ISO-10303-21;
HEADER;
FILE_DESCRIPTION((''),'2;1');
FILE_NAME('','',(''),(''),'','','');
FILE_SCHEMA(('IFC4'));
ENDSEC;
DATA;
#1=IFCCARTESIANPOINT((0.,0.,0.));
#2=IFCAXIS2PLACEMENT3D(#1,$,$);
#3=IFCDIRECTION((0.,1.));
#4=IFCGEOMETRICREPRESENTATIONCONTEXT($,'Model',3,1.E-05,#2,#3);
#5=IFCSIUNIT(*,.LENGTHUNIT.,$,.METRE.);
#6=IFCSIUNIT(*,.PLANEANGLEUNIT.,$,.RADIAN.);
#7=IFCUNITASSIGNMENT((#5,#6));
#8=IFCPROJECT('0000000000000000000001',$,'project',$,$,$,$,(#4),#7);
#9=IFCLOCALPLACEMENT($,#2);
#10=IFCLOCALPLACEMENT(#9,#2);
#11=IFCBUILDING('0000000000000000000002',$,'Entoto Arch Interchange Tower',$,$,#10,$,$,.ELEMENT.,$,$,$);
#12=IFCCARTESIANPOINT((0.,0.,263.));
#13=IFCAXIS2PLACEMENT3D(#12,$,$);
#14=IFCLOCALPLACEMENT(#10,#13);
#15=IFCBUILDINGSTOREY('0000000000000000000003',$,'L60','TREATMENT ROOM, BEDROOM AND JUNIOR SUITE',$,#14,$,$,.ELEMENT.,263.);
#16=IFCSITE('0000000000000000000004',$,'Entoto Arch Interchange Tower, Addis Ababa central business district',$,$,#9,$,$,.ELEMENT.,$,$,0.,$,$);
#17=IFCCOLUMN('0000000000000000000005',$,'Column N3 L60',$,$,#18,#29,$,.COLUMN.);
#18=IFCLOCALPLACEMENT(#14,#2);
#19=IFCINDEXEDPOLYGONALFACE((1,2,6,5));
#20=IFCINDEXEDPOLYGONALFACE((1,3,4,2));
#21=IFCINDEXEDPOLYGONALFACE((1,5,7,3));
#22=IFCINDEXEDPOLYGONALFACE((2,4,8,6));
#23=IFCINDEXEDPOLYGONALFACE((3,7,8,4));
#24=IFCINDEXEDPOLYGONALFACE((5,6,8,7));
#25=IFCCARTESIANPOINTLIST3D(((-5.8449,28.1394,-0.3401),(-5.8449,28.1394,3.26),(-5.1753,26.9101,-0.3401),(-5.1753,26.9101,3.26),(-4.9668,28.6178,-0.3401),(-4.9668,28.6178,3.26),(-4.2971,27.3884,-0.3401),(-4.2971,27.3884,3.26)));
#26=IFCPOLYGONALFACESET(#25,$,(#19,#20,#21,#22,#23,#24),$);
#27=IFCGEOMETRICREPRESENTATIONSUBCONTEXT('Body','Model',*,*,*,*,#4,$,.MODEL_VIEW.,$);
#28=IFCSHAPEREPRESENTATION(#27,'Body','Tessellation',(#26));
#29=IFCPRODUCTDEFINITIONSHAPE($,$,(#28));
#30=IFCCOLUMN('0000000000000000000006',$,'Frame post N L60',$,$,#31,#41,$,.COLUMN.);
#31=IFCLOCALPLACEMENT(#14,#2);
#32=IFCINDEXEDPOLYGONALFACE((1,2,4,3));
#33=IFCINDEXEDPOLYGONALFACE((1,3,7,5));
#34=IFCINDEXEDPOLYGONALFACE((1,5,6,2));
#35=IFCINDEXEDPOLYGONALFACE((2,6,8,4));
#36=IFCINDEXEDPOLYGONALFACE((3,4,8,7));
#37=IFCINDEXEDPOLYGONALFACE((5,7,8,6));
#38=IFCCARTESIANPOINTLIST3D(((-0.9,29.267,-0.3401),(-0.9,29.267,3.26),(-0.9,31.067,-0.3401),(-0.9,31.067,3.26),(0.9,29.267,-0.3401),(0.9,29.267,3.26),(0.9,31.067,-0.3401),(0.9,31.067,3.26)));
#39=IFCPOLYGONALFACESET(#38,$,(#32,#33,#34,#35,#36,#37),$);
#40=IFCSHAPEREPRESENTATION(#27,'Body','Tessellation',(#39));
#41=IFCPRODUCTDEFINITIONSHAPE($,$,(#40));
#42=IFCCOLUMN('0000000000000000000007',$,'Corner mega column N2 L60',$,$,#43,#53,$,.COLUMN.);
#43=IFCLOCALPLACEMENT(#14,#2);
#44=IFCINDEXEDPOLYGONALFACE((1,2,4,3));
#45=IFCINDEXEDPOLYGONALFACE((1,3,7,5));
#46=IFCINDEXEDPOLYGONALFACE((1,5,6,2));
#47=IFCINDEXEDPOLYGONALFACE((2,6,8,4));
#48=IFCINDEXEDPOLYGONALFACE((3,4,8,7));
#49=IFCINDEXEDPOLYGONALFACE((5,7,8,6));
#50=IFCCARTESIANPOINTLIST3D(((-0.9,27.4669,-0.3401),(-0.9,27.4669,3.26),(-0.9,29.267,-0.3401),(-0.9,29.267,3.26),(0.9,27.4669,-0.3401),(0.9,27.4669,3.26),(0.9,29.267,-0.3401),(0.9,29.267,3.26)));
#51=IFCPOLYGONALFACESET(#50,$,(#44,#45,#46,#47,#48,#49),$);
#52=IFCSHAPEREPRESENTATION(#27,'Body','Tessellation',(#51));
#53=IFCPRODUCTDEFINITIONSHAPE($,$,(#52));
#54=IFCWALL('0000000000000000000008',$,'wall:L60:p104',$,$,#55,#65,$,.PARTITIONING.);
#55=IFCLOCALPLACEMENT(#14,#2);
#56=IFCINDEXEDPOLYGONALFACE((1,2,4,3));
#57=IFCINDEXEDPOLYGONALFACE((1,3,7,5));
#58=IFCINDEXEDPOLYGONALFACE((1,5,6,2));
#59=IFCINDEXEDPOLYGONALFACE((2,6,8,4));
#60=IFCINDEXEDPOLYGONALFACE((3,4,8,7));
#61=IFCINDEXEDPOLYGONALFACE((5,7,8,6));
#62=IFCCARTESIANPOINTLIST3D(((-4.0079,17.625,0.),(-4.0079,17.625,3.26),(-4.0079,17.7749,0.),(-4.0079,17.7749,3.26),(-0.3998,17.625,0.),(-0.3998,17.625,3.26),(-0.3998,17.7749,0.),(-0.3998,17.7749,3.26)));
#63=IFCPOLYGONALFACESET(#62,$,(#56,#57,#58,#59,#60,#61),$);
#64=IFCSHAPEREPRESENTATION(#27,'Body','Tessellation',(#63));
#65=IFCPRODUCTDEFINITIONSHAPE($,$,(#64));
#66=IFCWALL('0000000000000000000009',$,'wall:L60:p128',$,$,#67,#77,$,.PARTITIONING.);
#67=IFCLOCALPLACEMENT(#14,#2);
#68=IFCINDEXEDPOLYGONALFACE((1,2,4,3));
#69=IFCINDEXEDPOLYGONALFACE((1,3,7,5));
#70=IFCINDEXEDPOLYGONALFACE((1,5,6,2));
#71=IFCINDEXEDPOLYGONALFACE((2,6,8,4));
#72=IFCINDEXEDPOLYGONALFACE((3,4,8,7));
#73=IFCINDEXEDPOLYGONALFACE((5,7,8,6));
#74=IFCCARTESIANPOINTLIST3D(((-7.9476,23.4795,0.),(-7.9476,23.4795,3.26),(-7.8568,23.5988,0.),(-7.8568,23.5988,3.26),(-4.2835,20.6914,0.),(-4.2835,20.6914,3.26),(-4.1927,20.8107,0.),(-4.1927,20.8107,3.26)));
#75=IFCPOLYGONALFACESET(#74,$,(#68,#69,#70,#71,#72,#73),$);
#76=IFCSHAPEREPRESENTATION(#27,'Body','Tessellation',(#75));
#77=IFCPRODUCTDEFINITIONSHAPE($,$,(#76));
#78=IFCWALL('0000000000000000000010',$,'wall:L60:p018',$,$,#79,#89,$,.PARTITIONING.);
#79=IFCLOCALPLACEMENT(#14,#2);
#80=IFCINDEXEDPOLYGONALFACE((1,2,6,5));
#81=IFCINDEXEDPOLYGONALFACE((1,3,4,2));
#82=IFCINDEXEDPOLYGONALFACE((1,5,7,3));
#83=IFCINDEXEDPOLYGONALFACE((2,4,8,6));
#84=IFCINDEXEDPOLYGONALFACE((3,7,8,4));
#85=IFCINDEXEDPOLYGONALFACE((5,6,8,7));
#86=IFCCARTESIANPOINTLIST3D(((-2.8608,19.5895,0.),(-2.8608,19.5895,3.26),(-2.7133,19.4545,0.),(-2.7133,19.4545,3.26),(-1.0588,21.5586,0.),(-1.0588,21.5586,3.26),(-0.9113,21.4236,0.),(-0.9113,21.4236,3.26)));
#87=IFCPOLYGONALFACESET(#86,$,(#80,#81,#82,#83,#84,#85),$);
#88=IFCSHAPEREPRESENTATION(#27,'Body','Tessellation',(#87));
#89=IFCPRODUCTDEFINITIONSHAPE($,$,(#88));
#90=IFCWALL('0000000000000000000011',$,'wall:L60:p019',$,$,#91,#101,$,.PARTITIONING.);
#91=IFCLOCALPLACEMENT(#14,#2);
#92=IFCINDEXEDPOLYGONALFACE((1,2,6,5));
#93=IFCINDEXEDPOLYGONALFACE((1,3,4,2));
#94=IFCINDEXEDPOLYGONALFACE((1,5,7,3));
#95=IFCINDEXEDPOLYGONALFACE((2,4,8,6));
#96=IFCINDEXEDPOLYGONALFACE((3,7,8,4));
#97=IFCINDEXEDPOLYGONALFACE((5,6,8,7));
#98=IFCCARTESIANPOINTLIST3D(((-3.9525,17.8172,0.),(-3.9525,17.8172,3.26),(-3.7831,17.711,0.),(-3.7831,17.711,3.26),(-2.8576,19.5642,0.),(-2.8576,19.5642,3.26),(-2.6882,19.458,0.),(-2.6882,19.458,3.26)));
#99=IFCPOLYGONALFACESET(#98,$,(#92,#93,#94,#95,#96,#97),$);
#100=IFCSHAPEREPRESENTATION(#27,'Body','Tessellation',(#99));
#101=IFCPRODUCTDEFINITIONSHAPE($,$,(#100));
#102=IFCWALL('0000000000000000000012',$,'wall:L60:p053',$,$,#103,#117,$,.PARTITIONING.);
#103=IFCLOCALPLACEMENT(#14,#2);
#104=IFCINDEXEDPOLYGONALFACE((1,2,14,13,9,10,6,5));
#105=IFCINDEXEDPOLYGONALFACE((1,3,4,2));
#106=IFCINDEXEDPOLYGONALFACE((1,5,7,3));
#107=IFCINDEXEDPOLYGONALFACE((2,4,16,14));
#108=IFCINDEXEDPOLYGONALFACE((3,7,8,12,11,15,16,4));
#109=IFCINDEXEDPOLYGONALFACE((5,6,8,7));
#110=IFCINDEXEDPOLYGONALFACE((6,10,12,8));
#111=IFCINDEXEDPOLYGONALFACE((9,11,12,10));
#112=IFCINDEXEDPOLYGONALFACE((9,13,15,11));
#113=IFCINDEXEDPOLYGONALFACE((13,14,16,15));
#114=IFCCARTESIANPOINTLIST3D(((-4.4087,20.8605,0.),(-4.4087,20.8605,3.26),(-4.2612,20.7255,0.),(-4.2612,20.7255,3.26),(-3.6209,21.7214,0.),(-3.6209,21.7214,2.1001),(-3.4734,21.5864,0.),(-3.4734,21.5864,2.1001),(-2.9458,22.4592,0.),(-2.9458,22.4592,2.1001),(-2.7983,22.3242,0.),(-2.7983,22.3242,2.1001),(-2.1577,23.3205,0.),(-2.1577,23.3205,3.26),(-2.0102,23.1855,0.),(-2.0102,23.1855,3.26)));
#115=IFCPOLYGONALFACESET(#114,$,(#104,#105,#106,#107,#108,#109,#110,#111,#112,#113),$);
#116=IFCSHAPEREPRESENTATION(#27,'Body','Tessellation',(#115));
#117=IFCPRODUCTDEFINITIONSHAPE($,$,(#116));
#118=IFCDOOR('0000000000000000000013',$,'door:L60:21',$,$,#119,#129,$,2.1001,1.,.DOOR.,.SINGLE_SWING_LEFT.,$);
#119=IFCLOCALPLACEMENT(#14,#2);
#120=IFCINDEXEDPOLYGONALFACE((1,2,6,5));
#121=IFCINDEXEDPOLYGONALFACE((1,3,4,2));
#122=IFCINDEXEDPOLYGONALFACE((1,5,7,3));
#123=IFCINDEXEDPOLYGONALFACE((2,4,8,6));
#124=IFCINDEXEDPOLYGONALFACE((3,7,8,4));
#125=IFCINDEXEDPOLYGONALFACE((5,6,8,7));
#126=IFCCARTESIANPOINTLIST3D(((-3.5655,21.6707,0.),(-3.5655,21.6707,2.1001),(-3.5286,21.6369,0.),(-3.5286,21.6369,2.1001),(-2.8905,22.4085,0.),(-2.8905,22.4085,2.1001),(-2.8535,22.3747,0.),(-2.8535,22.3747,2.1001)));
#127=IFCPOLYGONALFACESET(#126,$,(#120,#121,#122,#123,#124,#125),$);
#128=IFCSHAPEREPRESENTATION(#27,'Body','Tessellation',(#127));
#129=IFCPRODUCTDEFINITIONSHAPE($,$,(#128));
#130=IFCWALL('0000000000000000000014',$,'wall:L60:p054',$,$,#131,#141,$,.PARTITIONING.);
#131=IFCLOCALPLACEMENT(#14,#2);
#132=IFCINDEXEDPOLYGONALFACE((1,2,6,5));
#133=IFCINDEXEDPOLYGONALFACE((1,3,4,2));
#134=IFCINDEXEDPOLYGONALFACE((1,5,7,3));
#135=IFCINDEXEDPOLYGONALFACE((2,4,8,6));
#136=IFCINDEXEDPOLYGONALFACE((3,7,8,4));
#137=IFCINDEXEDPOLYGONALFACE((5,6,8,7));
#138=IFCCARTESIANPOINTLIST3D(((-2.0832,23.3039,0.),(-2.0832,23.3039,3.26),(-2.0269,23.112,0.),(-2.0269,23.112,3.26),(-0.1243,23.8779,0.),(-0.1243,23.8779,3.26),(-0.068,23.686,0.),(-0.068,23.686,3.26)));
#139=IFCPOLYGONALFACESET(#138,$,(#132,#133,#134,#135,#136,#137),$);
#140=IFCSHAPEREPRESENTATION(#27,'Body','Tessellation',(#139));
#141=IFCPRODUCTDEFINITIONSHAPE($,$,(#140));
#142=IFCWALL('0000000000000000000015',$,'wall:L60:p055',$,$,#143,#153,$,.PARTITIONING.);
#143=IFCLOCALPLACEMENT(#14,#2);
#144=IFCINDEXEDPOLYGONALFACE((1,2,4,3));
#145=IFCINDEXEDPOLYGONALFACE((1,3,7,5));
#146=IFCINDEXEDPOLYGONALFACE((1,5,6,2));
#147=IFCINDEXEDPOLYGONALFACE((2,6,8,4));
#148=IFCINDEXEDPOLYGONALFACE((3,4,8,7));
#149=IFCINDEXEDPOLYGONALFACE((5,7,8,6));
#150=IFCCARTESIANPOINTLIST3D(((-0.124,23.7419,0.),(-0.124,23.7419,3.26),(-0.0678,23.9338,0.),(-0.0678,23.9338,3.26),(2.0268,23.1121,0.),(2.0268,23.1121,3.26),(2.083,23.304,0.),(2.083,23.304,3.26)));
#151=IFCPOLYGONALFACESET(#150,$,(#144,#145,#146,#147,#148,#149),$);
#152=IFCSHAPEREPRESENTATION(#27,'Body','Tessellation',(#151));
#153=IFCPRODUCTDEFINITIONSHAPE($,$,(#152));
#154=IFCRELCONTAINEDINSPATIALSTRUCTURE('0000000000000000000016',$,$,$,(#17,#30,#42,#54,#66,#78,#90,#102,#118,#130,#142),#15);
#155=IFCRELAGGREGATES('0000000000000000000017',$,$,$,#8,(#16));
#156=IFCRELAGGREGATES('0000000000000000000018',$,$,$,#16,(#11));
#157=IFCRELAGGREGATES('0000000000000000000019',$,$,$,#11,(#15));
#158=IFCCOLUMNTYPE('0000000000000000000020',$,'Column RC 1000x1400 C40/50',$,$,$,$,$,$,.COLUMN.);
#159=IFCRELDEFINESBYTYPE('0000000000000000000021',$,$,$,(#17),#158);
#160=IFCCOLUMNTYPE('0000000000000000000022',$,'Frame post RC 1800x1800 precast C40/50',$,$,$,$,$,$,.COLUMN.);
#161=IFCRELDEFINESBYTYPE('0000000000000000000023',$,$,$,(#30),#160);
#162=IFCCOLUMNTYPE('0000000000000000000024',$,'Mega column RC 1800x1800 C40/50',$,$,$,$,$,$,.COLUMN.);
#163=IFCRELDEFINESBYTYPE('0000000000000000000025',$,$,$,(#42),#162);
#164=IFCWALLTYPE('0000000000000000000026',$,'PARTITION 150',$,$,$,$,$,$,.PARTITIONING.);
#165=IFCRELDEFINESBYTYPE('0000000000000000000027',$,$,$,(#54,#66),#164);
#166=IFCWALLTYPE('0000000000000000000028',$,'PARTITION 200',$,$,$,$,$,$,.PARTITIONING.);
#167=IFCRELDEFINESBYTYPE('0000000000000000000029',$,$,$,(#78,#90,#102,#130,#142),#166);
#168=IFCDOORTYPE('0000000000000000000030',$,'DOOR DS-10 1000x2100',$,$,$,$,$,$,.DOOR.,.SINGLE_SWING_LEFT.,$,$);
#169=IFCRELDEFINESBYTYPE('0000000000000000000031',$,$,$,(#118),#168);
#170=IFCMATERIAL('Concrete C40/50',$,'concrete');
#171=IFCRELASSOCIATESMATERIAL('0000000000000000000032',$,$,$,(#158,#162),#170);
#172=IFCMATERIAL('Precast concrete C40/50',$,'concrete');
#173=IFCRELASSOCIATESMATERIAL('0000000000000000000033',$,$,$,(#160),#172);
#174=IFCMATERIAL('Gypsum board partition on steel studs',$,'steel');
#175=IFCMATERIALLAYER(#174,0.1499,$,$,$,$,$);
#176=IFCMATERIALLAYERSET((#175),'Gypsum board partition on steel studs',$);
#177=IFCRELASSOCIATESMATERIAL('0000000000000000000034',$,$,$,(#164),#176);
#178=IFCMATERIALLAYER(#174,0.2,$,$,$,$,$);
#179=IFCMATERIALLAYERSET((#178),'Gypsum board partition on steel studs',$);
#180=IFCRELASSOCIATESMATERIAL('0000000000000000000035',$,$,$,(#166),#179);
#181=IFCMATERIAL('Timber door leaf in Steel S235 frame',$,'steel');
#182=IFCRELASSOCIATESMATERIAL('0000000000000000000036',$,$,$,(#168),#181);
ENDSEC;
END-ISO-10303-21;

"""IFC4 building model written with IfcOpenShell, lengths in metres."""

from ifc_helpers import new_model, si_unit, direction, frame, frame_2d, origin, origin_2d, place, context, subcontext, project, spatial, rectangle, extrude, material, layer, layer_set, material_profile, profile_set, type_object, element, fill, save


model = new_model("IFC4")

# Units and contexts
model_context = context("Model", 3, precision=1e-05, world=origin(), true_north=direction((0.0, 1.0)))
body_context = subcontext(model_context, "Body", "Model", "MODEL_VIEW")
ifc_project = project(units=[si_unit("LENGTHUNIT", "METRE"), si_unit("PLANEANGLEUNIT", "RADIAN")], contexts=[model_context])

# Site, building, storey
site_placement = place(None, origin())
site = spatial("IfcSite", under=ifc_project, at=site_placement, Name="Entoto Arch Interchange Tower, Addis Ababa central business district", CompositionType="ELEMENT", RefElevation=0.0)
building_placement = place(site_placement, origin())
building = spatial("IfcBuilding", under=site, at=building_placement, Name="Entoto Arch Interchange Tower", CompositionType="ELEMENT")
storey_placement = place(building_placement, frame((0.0, 0.0, 263.0)))
storey = spatial("IfcBuildingStorey", under=building, at=storey_placement, Name="L60", Description="TREATMENT ROOM, BEDROOM AND JUNIOR SUITE", CompositionType="ELEMENT", Elevation=263.0)

# Columns
ifc_material_1 = material(Name="Concrete C40/50", Category="concrete")
ifc_material_profile_1 = material_profile(ifc_material_1, rectangle(XDim=1.0, YDim=1.3999, at=origin_2d()))
ifc_profile_set_1 = profile_set([ifc_material_profile_1], Name="Concrete C40/50")
column_type_1 = type_object("IfcColumnType", Name="Column RC 1000x1400 C40/50", PredefinedType="COLUMN", material=ifc_profile_set_1)
column_1_placement = place(storey_placement, frame((-5.071, 27.7639, -0.3401), z_axis=(0.0, 0.0, 1.0), x_axis=(0.878175, 0.478339, 0.0)))
element("IfcColumn", 1, at=column_1_placement, inside=storey, type_object=column_type_1, Name="Column N3 L60", PredefinedType="COLUMN", context=body_context, shape_type="SweptSolid", body=[
    extrude(rectangle(XDim=1.0, YDim=1.3999, at=origin_2d()), origin(), (0.0, 0.0, 1.0), 3.6001),
])
ifc_material_2 = material(Name="Precast concrete C40/50", Category="concrete")
ifc_material_profile_2 = material_profile(ifc_material_2, rectangle(XDim=1.8, YDim=1.8, at=origin_2d()))
ifc_profile_set_2 = profile_set([ifc_material_profile_2], Name="Precast concrete C40/50")
column_type_2 = type_object("IfcColumnType", Name="Frame post RC 1800x1800 precast C40/50", PredefinedType="COLUMN", material=ifc_profile_set_2)
column_2_placement = place(storey_placement, frame((0.0, 30.167, -0.3401), z_axis=(0.0, 0.0, 1.0), x_axis=(0.0, 1.0, 0.0)))
element("IfcColumn", 2, at=column_2_placement, inside=storey, type_object=column_type_2, Name="Frame post N L60", PredefinedType="COLUMN", context=body_context, shape_type="SweptSolid", body=[
    extrude(rectangle(XDim=1.8, YDim=1.8, at=origin_2d()), origin(), (0.0, 0.0, 1.0), 3.6001),
])
ifc_material_profile_3 = material_profile(ifc_material_1, rectangle(XDim=1.8, YDim=1.8, at=origin_2d()))
ifc_profile_set_3 = profile_set([ifc_material_profile_3], Name="Concrete C40/50")
column_type_3 = type_object("IfcColumnType", Name="Mega column RC 1800x1800 C40/50", PredefinedType="COLUMN", material=ifc_profile_set_3)
column_3_placement = place(storey_placement, frame((0.0, 28.3669, -0.3401), z_axis=(0.0, 0.0, 1.0), x_axis=(0.0, 1.0, 0.0)))
element("IfcColumn", 3, at=column_3_placement, inside=storey, type_object=column_type_3, Name="Corner mega column N2 L60", PredefinedType="COLUMN", context=body_context, shape_type="SweptSolid", body=[
    extrude(rectangle(XDim=1.8, YDim=1.8, at=origin_2d()), origin(), (0.0, 0.0, 1.0), 3.6001),
])

# Walls
ifc_material_3 = material(Name="Gypsum board partition on steel studs", Category="steel")
ifc_layer_1 = layer(ifc_material_3, 0.1499)
ifc_layer_set_1 = layer_set([ifc_layer_1], Name="Gypsum board partition on steel studs")
wall_type_1 = type_object("IfcWallType", Name="PARTITION 150", PredefinedType="PARTITIONING", material=ifc_layer_set_1)
wall_1_placement = place(storey_placement, frame((-4.0081, 17.7, 0.0), z_axis=(0.0, 0.0, 1.0), x_axis=(1.0, 0.0, 0.0)))
element("IfcWall", 4, at=wall_1_placement, inside=storey, type_object=wall_type_1, Name="wall:L60:p104", PredefinedType="PARTITIONING", context=body_context, shape_type="SweptSolid", body=[
    extrude(rectangle(XDim=3.6082, YDim=0.1499, at=frame_2d((1.8042, 0.0))), origin(), (0.0, 0.0, 1.0), 3.26),
])
wall_2_placement = place(storey_placement, frame((-4.238, 20.751, 0.0), z_axis=(0.0, 0.0, 1.0), x_axis=(-0.795806, 0.605551, 0.0)))
element("IfcWall", 5, at=wall_2_placement, inside=storey, type_object=wall_type_1, Name="wall:L60:p128", PredefinedType="PARTITIONING", context=body_context, shape_type="SweptSolid", body=[
    extrude(rectangle(XDim=4.6042, YDim=0.1499, at=frame_2d((2.3022, 0.0))), origin(), (0.0, 0.0, 1.0), 3.26),
])
ifc_layer_2 = layer(ifc_material_3, 0.2)
ifc_layer_set_2 = layer_set([ifc_layer_2], Name="Gypsum board partition on steel studs")
wall_type_2 = type_object("IfcWallType", Name="PARTITION 200", PredefinedType="PARTITIONING", material=ifc_layer_set_2)
wall_3_placement = place(storey_placement, frame((-0.9851, 21.491, 0.0), z_axis=(0.0, 0.0, 1.0), x_axis=(-0.675132, -0.737697, 0.0)))
element("IfcWall", 6, at=wall_3_placement, inside=storey, type_object=wall_type_2, Name="wall:L60:p018", PredefinedType="PARTITIONING", context=body_context, shape_type="SweptSolid", body=[
    extrude(rectangle(XDim=2.6692, YDim=0.2, at=frame_2d((1.3345, 0.0))), origin(), (0.0, 0.0, 1.0), 3.26),
])
wall_4_placement = place(storey_placement, frame((-2.7729, 19.511, 0.0), z_axis=(0.0, 0.0, 1.0), x_axis=(-0.531063, -0.847332, 0.0)))
element("IfcWall", 7, at=wall_4_placement, inside=storey, type_object=wall_type_2, Name="wall:L60:p019", PredefinedType="PARTITIONING", context=body_context, shape_type="SweptSolid", body=[
    extrude(rectangle(XDim=2.0618, YDim=0.2, at=frame_2d((1.0308, 0.0))), origin(), (0.0, 0.0, 1.0), 3.26),
])

# Wall, opening, door
wall_5_placement = place(storey_placement, frame((-4.335, 20.793, 0.0), z_axis=(0.0, 0.0, 1.0), x_axis=(0.675075, 0.73775, 0.0)))
wall_5 = element("IfcWall", 8, at=wall_5_placement, inside=storey, type_object=wall_type_2, Name="wall:L60:p053", PredefinedType="PARTITIONING", context=body_context, shape_type="SweptSolid", body=[
    extrude(rectangle(XDim=3.3345, YDim=0.2, at=frame_2d((1.6672, 0.0))), origin(), (0.0, 0.0, 1.0), 3.26),
])
opening_1_placement = place(wall_5_placement, frame((1.167, 0.0, 0.0)))
opening_1 = element("IfcOpeningElement", 9, at=opening_1_placement, cuts=wall_5, PredefinedType="OPENING", context=body_context, shape_type="SweptSolid", body=[
    extrude(rectangle(XDim=1.0, YDim=2.1001, at=frame_2d((0.5, 1.05))), frame((0.0, 0.1099, 0.0), z_axis=(0.0, -1.0, 0.0), x_axis=(1.0, 0.0, 0.0)), (0.0, 0.0, 1.0), 0.22),
])
ifc_material_4 = material(Name="Timber door leaf in Steel S235 frame", Category="steel")
door_type = type_object("IfcDoorType", Name="DOOR DS-10 1000x2100", OperationType="SINGLE_SWING_LEFT", PredefinedType="DOOR", material=ifc_material_4)
door_placement = place(opening_1_placement, origin())
door = element("IfcDoor", 10, at=door_placement, inside=storey, type_object=door_type, Name="door:L60:21", OperationType="SINGLE_SWING_LEFT", OverallHeight=2.1001, OverallWidth=1.0, PredefinedType="DOOR", context=body_context, shape_type="SweptSolid", body=[
    extrude(rectangle(XDim=1.0, YDim=2.1001, at=frame_2d((0.5, 1.05))), frame((0.0, 0.0249, 0.0), z_axis=(0.0, -1.0, 0.0), x_axis=(1.0, 0.0, 0.0)), (0.0, 0.0, 1.0), 0.05),
])
fill(opening_1, door)

# Walls
wall_6_placement = place(storey_placement, frame((-2.0549, 23.208, 0.0), z_axis=(0.0, 0.0, 1.0), x_axis=(0.959656, 0.281175, 0.0)))
element("IfcWall", 11, at=wall_6_placement, inside=storey, type_object=wall_type_2, Name="wall:L60:p054", PredefinedType="PARTITIONING", context=body_context, shape_type="SweptSolid", body=[
    extrude(rectangle(XDim=2.0413, YDim=0.2, at=frame_2d((1.0205, 0.0))), origin(), (0.0, 0.0, 1.0), 3.26),
])
wall_7_placement = place(storey_placement, frame((-0.0959, 23.8379, 0.0), z_axis=(0.0, 0.0, 1.0), x_axis=(0.959694, -0.281046, 0.0)))
element("IfcWall", 12, at=wall_7_placement, inside=storey, type_object=wall_type_2, Name="wall:L60:p055", PredefinedType="PARTITIONING", context=body_context, shape_type="SweptSolid", body=[
    extrude(rectangle(XDim=2.2412, YDim=0.2, at=frame_2d((1.1206, 0.0))), origin(), (0.0, 0.0, 1.0), 3.26),
])

save(model, "model.ifc")
